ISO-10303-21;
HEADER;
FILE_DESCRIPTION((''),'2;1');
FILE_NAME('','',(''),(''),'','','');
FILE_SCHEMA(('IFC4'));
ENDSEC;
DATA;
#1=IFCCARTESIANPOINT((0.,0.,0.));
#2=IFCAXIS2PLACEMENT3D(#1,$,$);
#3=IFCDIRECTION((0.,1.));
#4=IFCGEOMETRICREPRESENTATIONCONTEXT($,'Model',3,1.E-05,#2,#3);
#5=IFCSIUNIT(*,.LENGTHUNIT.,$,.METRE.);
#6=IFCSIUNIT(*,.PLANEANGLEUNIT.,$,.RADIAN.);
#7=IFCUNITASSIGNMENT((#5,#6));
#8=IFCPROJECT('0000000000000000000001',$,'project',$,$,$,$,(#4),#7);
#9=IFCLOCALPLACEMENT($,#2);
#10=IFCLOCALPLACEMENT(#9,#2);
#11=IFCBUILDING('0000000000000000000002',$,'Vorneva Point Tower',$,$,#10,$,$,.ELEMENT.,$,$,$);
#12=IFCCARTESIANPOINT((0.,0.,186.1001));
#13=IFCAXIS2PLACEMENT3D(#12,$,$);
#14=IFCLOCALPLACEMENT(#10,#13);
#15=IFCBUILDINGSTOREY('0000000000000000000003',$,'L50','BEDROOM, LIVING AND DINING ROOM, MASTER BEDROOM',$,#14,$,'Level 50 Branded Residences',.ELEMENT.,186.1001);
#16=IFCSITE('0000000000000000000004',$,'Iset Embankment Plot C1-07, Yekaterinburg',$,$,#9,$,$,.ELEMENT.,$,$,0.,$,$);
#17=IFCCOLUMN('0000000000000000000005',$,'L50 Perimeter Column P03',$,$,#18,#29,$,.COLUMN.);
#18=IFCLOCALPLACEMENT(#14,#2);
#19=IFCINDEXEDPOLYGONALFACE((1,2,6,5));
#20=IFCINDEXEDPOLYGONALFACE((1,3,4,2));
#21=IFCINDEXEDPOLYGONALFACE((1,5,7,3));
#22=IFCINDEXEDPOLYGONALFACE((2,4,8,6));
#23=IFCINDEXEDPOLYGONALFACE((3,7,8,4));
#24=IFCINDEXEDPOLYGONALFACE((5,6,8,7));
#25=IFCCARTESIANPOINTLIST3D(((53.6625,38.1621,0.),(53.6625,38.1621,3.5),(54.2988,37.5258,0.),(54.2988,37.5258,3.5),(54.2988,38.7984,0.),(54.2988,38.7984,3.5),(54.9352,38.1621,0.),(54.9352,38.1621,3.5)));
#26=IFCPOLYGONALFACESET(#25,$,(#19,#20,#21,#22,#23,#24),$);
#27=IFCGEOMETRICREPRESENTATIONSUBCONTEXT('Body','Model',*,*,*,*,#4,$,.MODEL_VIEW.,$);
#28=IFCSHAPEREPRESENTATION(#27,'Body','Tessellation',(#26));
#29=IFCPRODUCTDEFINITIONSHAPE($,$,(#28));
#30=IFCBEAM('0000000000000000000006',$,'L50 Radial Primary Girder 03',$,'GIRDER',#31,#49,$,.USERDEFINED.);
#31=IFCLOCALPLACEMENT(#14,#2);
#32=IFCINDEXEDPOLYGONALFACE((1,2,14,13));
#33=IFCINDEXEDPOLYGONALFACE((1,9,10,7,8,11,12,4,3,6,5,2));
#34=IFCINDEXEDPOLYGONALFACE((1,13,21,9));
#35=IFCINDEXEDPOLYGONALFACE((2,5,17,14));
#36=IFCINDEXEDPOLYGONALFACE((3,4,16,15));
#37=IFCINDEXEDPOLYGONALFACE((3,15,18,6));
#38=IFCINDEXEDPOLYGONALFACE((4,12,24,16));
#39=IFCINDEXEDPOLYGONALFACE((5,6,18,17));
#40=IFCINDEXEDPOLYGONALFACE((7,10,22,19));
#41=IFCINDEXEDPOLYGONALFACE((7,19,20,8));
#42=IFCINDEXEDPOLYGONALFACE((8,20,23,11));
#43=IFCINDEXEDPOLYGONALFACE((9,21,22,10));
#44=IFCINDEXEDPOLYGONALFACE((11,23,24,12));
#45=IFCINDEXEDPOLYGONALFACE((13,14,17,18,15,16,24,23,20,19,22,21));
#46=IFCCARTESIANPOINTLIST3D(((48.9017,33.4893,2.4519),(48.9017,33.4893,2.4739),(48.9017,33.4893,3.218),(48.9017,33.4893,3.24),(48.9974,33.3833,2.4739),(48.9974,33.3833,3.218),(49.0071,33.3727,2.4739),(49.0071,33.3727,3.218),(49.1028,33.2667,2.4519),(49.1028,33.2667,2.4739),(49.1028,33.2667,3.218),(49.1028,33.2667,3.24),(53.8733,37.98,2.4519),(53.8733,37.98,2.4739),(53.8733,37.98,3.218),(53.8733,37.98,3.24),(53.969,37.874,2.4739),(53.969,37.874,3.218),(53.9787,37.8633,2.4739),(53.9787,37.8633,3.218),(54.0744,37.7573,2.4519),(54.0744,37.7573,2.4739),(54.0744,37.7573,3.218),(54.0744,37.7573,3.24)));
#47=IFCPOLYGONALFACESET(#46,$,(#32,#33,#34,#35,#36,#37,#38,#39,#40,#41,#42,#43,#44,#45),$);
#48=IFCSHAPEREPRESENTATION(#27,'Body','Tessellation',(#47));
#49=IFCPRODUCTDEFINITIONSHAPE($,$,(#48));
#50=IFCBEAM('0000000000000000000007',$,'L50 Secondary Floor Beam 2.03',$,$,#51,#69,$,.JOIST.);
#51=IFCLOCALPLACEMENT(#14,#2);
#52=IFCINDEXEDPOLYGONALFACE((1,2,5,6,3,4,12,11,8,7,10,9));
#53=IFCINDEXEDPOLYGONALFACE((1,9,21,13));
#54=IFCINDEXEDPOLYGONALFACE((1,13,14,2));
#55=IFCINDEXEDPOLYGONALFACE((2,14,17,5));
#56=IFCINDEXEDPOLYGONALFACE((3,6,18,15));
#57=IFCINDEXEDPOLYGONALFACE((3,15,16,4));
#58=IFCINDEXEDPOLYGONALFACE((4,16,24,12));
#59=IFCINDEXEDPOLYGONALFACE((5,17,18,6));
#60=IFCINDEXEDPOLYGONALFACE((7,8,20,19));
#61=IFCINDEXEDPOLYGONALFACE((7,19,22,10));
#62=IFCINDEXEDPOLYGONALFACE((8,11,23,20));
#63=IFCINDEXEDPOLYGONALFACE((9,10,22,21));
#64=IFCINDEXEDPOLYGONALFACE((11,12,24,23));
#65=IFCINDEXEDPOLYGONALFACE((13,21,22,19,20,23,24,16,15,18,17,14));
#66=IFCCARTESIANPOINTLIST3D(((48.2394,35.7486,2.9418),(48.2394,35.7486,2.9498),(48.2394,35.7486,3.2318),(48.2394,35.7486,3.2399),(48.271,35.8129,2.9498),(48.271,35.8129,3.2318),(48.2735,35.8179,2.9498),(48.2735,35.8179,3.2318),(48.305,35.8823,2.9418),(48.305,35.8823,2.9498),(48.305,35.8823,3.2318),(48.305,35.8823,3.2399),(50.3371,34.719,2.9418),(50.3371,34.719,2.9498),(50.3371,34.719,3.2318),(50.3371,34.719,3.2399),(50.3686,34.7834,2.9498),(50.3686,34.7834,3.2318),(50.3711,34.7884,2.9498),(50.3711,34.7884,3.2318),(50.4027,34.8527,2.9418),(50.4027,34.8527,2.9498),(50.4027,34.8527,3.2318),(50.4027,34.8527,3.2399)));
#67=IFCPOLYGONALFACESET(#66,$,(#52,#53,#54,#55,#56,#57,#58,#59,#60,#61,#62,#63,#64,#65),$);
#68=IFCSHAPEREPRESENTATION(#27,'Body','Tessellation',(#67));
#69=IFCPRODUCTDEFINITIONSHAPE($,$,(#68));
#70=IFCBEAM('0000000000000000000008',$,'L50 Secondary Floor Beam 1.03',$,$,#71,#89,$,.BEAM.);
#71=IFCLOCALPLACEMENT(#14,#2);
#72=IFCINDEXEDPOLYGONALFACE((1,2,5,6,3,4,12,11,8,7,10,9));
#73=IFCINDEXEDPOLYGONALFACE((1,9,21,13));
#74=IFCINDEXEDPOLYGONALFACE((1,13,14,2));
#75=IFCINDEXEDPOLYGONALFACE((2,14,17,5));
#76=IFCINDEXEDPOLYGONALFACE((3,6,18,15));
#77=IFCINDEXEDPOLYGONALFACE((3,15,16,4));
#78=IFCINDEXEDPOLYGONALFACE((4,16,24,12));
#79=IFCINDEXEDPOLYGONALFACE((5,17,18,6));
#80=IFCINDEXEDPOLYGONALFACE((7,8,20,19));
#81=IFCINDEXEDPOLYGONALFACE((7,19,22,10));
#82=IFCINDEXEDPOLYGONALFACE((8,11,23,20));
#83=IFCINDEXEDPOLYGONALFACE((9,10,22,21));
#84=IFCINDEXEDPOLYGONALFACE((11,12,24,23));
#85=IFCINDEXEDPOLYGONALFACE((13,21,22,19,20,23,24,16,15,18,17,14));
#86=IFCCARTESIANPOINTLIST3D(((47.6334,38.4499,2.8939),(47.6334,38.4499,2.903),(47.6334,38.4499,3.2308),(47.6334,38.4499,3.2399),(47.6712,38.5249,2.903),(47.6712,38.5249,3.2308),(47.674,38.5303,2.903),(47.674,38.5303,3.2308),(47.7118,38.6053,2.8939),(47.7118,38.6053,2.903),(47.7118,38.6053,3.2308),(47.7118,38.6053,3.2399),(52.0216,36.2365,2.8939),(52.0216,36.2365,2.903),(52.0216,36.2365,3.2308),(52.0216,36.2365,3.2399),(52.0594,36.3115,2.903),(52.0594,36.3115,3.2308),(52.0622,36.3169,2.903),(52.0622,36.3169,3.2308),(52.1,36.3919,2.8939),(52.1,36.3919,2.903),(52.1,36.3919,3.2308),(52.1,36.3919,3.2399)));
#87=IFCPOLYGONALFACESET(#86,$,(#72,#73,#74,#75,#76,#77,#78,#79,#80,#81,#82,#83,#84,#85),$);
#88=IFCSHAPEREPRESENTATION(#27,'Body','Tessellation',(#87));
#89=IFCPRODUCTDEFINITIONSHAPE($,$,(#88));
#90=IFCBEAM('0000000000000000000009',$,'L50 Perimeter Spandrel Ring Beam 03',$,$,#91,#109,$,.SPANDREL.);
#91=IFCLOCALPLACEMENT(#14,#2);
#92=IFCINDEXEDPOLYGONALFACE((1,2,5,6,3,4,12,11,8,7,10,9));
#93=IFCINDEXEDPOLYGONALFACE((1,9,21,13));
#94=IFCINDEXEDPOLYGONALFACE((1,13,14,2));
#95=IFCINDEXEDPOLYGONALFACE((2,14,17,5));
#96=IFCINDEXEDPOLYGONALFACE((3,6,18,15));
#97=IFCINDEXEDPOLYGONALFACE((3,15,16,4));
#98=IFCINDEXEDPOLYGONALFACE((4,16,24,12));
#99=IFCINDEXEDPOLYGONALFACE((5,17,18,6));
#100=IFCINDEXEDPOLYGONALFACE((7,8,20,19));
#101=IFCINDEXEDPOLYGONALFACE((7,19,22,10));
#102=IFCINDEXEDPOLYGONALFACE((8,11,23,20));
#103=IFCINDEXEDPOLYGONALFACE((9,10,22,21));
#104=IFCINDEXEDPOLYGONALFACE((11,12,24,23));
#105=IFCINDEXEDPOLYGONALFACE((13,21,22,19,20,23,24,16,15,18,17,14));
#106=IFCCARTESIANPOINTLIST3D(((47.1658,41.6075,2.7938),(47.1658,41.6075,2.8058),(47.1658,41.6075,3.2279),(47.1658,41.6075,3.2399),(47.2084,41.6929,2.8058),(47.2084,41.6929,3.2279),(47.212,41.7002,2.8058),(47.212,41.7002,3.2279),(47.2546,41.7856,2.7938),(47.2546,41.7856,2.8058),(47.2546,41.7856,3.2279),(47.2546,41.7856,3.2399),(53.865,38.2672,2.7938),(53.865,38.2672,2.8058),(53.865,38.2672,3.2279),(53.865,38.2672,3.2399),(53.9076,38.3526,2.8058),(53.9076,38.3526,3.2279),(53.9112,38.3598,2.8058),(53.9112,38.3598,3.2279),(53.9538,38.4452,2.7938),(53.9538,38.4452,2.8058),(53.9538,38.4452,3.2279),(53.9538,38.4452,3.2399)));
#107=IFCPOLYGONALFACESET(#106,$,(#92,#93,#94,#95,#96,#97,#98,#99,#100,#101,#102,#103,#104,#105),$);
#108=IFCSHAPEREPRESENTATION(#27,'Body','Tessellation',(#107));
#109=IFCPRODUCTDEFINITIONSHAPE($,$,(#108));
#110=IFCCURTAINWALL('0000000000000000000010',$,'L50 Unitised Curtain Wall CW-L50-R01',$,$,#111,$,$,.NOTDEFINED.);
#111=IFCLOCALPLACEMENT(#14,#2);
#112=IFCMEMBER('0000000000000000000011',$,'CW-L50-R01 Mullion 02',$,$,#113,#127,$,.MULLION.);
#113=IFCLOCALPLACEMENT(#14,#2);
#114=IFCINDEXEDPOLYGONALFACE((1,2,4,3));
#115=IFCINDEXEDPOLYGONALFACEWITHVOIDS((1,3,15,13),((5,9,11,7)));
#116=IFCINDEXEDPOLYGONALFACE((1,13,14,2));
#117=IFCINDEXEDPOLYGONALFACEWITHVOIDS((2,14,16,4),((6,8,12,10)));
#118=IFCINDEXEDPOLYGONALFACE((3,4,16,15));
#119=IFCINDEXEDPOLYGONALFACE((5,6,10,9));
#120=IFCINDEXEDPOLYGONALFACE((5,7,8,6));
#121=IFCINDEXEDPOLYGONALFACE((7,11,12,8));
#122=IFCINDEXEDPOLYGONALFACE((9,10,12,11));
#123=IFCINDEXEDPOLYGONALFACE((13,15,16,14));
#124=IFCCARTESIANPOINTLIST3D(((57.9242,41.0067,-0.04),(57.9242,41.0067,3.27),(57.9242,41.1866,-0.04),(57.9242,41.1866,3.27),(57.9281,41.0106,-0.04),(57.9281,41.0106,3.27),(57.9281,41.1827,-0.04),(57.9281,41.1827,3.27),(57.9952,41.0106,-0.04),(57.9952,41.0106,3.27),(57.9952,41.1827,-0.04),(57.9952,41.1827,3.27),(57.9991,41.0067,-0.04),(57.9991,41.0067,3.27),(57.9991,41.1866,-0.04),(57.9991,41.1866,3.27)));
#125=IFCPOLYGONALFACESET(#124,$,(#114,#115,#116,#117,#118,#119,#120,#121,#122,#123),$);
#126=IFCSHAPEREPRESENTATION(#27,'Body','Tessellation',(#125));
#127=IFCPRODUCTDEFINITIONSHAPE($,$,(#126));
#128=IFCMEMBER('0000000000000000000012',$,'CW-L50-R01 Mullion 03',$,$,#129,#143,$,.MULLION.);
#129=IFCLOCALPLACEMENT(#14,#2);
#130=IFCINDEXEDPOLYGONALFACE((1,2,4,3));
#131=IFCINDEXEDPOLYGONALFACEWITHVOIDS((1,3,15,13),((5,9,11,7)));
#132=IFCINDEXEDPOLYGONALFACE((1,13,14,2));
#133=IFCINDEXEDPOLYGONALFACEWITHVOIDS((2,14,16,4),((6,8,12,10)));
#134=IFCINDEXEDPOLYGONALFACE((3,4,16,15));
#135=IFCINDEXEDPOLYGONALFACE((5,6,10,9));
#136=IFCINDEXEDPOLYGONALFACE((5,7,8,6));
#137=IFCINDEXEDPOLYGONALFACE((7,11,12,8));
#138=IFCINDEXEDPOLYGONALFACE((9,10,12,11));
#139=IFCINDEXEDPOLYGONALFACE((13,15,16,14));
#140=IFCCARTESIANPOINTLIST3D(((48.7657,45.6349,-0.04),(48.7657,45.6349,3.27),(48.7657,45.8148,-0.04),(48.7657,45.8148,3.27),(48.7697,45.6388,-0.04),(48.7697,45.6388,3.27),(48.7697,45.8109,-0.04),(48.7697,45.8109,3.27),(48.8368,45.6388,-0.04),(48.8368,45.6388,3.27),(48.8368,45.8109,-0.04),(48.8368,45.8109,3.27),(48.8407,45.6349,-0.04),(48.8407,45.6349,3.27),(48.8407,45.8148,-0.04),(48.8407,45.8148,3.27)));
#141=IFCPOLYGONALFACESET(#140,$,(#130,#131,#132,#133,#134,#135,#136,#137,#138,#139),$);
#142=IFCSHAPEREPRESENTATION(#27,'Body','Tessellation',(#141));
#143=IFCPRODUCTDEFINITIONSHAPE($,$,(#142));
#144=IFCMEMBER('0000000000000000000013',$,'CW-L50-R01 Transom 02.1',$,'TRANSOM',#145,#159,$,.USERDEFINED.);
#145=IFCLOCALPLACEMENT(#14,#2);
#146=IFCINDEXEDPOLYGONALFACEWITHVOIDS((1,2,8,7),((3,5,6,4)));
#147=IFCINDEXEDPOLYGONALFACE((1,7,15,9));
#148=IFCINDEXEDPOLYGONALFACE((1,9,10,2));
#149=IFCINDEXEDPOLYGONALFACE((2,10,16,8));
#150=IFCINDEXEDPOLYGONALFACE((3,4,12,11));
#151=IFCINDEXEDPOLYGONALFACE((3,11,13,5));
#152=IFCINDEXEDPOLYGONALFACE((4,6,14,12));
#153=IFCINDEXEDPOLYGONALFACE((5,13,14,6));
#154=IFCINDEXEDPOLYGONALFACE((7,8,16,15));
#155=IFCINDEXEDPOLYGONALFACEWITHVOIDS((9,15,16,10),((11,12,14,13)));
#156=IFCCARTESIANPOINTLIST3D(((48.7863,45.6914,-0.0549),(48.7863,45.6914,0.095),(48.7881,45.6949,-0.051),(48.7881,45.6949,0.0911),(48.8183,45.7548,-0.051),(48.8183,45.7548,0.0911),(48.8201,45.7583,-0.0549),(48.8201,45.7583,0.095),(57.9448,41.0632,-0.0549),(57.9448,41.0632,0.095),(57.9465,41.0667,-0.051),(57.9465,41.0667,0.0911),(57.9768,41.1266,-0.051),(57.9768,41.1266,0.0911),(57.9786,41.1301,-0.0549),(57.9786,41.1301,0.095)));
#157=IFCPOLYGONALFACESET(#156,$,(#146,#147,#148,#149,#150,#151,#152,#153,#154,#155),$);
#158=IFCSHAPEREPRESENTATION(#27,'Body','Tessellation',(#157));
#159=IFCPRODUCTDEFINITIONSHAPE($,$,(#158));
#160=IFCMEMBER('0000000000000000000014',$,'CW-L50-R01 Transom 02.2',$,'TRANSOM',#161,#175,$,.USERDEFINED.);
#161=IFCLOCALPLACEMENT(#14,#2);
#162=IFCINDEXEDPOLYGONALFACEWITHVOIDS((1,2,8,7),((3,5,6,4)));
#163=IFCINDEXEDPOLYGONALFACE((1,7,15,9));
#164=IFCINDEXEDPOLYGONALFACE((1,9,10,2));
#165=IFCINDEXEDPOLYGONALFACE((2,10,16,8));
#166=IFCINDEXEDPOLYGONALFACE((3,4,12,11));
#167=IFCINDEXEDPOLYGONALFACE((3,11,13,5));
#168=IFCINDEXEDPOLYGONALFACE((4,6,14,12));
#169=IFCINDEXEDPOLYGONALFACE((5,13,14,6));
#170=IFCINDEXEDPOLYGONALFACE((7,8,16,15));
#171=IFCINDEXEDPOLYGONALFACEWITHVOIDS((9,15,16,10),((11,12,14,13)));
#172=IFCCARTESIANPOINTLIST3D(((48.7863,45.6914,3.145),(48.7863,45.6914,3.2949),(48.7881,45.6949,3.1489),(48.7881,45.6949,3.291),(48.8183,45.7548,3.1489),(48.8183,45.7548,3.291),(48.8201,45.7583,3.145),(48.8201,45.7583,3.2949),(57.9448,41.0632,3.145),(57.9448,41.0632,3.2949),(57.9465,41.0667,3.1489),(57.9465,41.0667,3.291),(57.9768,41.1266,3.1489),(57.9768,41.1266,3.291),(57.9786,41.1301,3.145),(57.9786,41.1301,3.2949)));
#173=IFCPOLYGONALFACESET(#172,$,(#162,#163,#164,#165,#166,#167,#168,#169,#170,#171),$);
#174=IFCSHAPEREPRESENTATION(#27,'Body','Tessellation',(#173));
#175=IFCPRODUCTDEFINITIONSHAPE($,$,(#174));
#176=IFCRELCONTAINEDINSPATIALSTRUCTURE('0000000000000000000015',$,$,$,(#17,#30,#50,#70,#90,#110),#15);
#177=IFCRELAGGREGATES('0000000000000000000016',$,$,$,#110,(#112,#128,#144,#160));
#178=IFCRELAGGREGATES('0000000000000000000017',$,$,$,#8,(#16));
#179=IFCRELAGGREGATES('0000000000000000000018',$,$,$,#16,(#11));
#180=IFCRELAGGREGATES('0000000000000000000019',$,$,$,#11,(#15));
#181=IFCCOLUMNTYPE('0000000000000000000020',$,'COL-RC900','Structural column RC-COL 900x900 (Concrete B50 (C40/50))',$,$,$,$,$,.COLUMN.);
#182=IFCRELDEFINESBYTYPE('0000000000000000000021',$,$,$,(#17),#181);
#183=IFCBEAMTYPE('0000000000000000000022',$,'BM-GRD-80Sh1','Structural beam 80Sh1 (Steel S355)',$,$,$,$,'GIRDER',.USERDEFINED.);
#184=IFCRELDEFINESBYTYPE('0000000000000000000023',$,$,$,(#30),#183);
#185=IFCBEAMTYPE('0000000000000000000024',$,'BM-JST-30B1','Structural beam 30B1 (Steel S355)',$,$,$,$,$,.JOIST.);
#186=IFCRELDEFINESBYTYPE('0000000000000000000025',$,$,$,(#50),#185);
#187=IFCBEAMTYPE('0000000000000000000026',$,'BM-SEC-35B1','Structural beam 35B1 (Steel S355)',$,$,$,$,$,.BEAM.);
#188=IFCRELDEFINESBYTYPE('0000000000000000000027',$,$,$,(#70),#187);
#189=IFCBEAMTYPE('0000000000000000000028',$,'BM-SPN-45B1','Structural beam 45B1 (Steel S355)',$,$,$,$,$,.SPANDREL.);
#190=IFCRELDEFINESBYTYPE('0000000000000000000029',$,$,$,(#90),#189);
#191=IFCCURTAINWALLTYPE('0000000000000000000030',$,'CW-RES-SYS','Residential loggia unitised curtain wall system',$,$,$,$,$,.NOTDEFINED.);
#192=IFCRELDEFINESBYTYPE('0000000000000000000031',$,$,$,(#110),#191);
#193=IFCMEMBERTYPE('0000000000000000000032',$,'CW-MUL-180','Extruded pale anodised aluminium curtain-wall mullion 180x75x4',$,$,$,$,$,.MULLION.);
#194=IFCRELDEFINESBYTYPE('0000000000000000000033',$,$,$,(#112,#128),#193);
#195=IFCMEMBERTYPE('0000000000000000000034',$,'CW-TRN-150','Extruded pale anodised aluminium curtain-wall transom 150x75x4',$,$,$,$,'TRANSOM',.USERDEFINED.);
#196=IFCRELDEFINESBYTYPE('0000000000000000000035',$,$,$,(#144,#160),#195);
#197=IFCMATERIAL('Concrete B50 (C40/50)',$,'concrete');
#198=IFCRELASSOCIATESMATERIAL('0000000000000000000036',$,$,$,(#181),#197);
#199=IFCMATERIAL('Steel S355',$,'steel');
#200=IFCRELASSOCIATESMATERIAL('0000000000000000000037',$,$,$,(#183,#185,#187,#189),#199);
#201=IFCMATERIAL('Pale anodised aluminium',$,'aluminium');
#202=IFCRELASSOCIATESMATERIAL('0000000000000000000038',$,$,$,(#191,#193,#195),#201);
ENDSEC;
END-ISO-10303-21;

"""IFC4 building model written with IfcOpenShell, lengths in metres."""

from ifc_helpers import new_model, si_unit, direction, frame, origin, origin_2d, place, context, subcontext, project, spatial, rectangle, hollow_rectangle, i_section, extrude, material, material_profile, profile_set, type_object, element, aggregate, save


model = new_model("IFC4")

# Units and contexts
model_context = context("Model", 3, precision=1e-05, world=origin(), true_north=direction((0.0, 1.0)))
body_context = subcontext(model_context, "Body", "Model", "MODEL_VIEW")
ifc_project = project(units=[si_unit("LENGTHUNIT", "METRE"), si_unit("PLANEANGLEUNIT", "RADIAN")], contexts=[model_context])

# Site, building, storey
site_placement = place(None, origin())
site = spatial("IfcSite", under=ifc_project, at=site_placement, Name="Iset Embankment Plot C1-07, Yekaterinburg", CompositionType="ELEMENT", RefElevation=0.0)
building_placement = place(site_placement, origin())
building = spatial("IfcBuilding", under=site, at=building_placement, Name="Vorneva Point Tower", CompositionType="ELEMENT")
storey_placement = place(building_placement, frame((0.0, 0.0, 186.1001)))
storey = spatial("IfcBuildingStorey", under=building, at=storey_placement, Name="L50", Description="BEDROOM, LIVING AND DINING ROOM, MASTER BEDROOM", LongName="Level 50 Branded Residences", CompositionType="ELEMENT", Elevation=186.1001)

# Column
ifc_material_1 = material(Name="Concrete B50 (C40/50)", Category="concrete")
ifc_material_profile_1 = material_profile(ifc_material_1, rectangle(XDim=0.8999, YDim=0.8999, at=origin_2d()), Name="RC-COL 900x900")
ifc_profile_set_1 = profile_set([ifc_material_profile_1], Name="Concrete B50 (C40/50)")
column_type = type_object("IfcColumnType", Name="COL-RC900", Description="Structural column RC-COL 900x900 (Concrete B50 (C40/50))", PredefinedType="COLUMN", material=ifc_profile_set_1)
column_placement = place(storey_placement, frame((54.2988, 38.1621, 0.0), z_axis=(0.0, 0.0, 1.0), x_axis=(0.707107, 0.707107, 0.0)))
element("IfcColumn", 1, at=column_placement, inside=storey, type_object=column_type, Name="L50 Perimeter Column P03", PredefinedType="COLUMN", context=body_context, shape_type="SweptSolid", body=[
    extrude(rectangle(XDim=0.8999, YDim=0.8999, at=origin_2d()), origin(), (0.0, 0.0, 1.0), 3.5),
])

# Beams
ifc_material_2 = material(Name="Steel S355", Category="steel")
ifc_material_profile_2 = material_profile(ifc_material_2, i_section(OverallWidth=0.3, OverallDepth=0.7881, WebThickness=0.0144, FlangeThickness=0.022, at=origin_2d()), Name="80Sh1")
ifc_profile_set_2 = profile_set([ifc_material_profile_2], Name="Steel S355")
beam_type_1 = type_object("IfcBeamType", Name="BM-GRD-80Sh1", Description="Structural beam 80Sh1 (Steel S355)", ElementType="GIRDER", PredefinedType="USERDEFINED", material=ifc_profile_set_2)
beam_1_placement = place(storey_placement, frame((53.9739, 37.8687, 2.8459), z_axis=(-0.74209, -0.670301, 0.0), x_axis=(0.670301, -0.74209, 0.0)))
element("IfcBeam", 2, at=beam_1_placement, inside=storey, type_object=beam_type_1, Name="L50 Radial Primary Girder 03", ObjectType="GIRDER", PredefinedType="USERDEFINED", context=body_context, shape_type="SweptSolid", body=[
    extrude(i_section(OverallWidth=0.3, OverallDepth=0.7881, WebThickness=0.0144, FlangeThickness=0.022, at=origin_2d()), origin(), (0.0, 0.0, 1.0), 6.6995),
])
ifc_material_profile_3 = material_profile(ifc_material_2, i_section(OverallWidth=0.1489, OverallDepth=0.2981, WebThickness=0.0056, FlangeThickness=0.0081, at=origin_2d()), Name="30B1")
ifc_profile_set_3 = profile_set([ifc_material_profile_3], Name="Steel S355")
beam_type_2 = type_object("IfcBeamType", Name="BM-JST-30B1", Description="Structural beam 30B1 (Steel S355)", PredefinedType="JOIST", material=ifc_profile_set_3)
beam_2_placement = place(storey_placement, frame((50.3699, 34.7859, 3.0908), z_axis=(-0.897704, 0.440598, 0.0), x_axis=(-0.440598, -0.897704, 0.0)))
element("IfcBeam", 3, at=beam_2_placement, inside=storey, type_object=beam_type_2, Name="L50 Secondary Floor Beam 2.03", PredefinedType="JOIST", context=body_context, shape_type="SweptSolid", body=[
    extrude(i_section(OverallWidth=0.1489, OverallDepth=0.2981, WebThickness=0.0056, FlangeThickness=0.0081, at=origin_2d()), origin(), (0.0, 0.0, 1.0), 2.3367),
])
ifc_material_profile_4 = material_profile(ifc_material_2, i_section(OverallWidth=0.1741, OverallDepth=0.3459, WebThickness=0.0061, FlangeThickness=0.009, at=origin_2d()), Name="35B1")
ifc_profile_set_4 = profile_set([ifc_material_profile_4], Name="Steel S355")
beam_type_3 = type_object("IfcBeamType", Name="BM-SEC-35B1", Description="Structural beam 35B1 (Steel S355)", PredefinedType="BEAM", material=ifc_profile_set_4)
beam_3_placement = place(storey_placement, frame((52.0608, 36.3142, 3.0669), z_axis=(-0.892852, 0.45035, 0.0), x_axis=(-0.45035, -0.892852, 0.0)))
element("IfcBeam", 4, at=beam_3_placement, inside=storey, type_object=beam_type_3, Name="L50 Secondary Floor Beam 1.03", PredefinedType="BEAM", context=body_context, shape_type="SweptSolid", body=[
    extrude(i_section(OverallWidth=0.1741, OverallDepth=0.3459, WebThickness=0.0061, FlangeThickness=0.009, at=origin_2d()), origin(), (0.0, 0.0, 1.0), 4.9148),
])
ifc_material_profile_5 = material_profile(ifc_material_2, i_section(OverallWidth=0.199, OverallDepth=0.446, WebThickness=0.0081, FlangeThickness=0.012, at=origin_2d()), Name="45B1")
ifc_profile_set_5 = profile_set([ifc_material_profile_5], Name="Steel S355")
beam_type_4 = type_object("IfcBeamType", Name="BM-SPN-45B1", Description="Structural beam 45B1 (Steel S355)", PredefinedType="SPANDREL", material=ifc_profile_set_5)
beam_4_placement = place(storey_placement, frame((53.9094, 38.3562, 3.0168), z_axis=(-0.894922, 0.446222, 0.0), x_axis=(-0.446222, -0.894922, 0.0)))
element("IfcBeam", 5, at=beam_4_placement, inside=storey, type_object=beam_type_4, Name="L50 Perimeter Spandrel Ring Beam 03", PredefinedType="SPANDREL", context=body_context, shape_type="SweptSolid", body=[
    extrude(i_section(OverallWidth=0.199, OverallDepth=0.446, WebThickness=0.0081, FlangeThickness=0.012, at=origin_2d()), origin(), (0.0, 0.0, 1.0), 7.4858),
])

# Curtain wall, members
ifc_material_3 = material(Name="Pale anodised aluminium", Category="aluminium")
curtain_wall_type = type_object("IfcCurtainWallType", Name="CW-RES-SYS", Description="Residential loggia unitised curtain wall system", PredefinedType="NOTDEFINED", material=ifc_material_3)
curtain_wall_placement = place(storey_placement, origin())
curtain_wall = element("IfcCurtainWall", 6, at=curtain_wall_placement, inside=storey, type_object=curtain_wall_type, Name="L50 Unitised Curtain Wall CW-L50-R01", PredefinedType="NOTDEFINED")
ifc_material_profile_6 = material_profile(ifc_material_3, hollow_rectangle(XDim=0.075, YDim=0.1799, WallThickness=0.0039, at=origin_2d()), Name="AL-MUL 180x75x4")
ifc_profile_set_6 = profile_set([ifc_material_profile_6], Name="Pale anodised aluminium")
member_type_1 = type_object("IfcMemberType", Name="CW-MUL-180", Description="Extruded pale anodised aluminium curtain-wall mullion 180x75x4", PredefinedType="MULLION", material=ifc_profile_set_6)
member_1_placement = place(storey_placement, frame((57.9617, 41.0967, -0.04), z_axis=(0.0, 0.0, 1.0), x_axis=(1.0, 0.0, 0.0)))
member_1 = element("IfcMember", 7, at=member_1_placement, type_object=member_type_1, Name="CW-L50-R01 Mullion 02", PredefinedType="MULLION", context=body_context, shape_type="SweptSolid", body=[
    extrude(hollow_rectangle(XDim=0.075, YDim=0.1799, WallThickness=0.0039, at=origin_2d()), origin(), (0.0, 0.0, 1.0), 3.3101),
])
member_2_placement = place(storey_placement, frame((48.8032, 45.7249, -0.04), z_axis=(0.0, 0.0, 1.0), x_axis=(1.0, 0.0, 0.0)))
member_2 = element("IfcMember", 8, at=member_2_placement, type_object=member_type_1, Name="CW-L50-R01 Mullion 03", PredefinedType="MULLION", context=body_context, shape_type="SweptSolid", body=[
    extrude(hollow_rectangle(XDim=0.075, YDim=0.1799, WallThickness=0.0039, at=origin_2d()), origin(), (0.0, 0.0, 1.0), 3.3101),
])
ifc_material_profile_7 = material_profile(ifc_material_3, hollow_rectangle(XDim=0.075, YDim=0.1499, WallThickness=0.0039, at=origin_2d()), Name="AL-TRN 150x75x4")
ifc_profile_set_7 = profile_set([ifc_material_profile_7], Name="Pale anodised aluminium")
member_type_2 = type_object("IfcMemberType", Name="CW-TRN-150", Description="Extruded pale anodised aluminium curtain-wall transom 150x75x4", ElementType="TRANSOM", PredefinedType="USERDEFINED", material=ifc_profile_set_7)
member_3_placement = place(storey_placement, frame((57.9617, 41.0967, 0.02), z_axis=(-0.892511, 0.451026, 0.0), x_axis=(-0.451026, -0.892511, 0.0)))
member_3 = element("IfcMember", 9, at=member_3_placement, type_object=member_type_2, Name="CW-L50-R01 Transom 02.1", ObjectType="TRANSOM", PredefinedType="USERDEFINED", context=body_context, shape_type="SweptSolid", body=[
    extrude(hollow_rectangle(XDim=0.075, YDim=0.1499, WallThickness=0.0039, at=origin_2d()), origin(), (0.0, 0.0, 1.0), 10.2615),
])
member_4_placement = place(storey_placement, frame((57.9617, 41.0967, 3.22), z_axis=(-0.892511, 0.451026, 0.0), x_axis=(-0.451026, -0.892511, 0.0)))
member_4 = element("IfcMember", 10, at=member_4_placement, type_object=member_type_2, Name="CW-L50-R01 Transom 02.2", ObjectType="TRANSOM", PredefinedType="USERDEFINED", context=body_context, shape_type="SweptSolid", body=[
    extrude(hollow_rectangle(XDim=0.075, YDim=0.1499, WallThickness=0.0039, at=origin_2d()), origin(), (0.0, 0.0, 1.0), 10.2615),
])
aggregate(curtain_wall, [member_1, member_2, member_3, member_4])

save(model, "model.ifc")
